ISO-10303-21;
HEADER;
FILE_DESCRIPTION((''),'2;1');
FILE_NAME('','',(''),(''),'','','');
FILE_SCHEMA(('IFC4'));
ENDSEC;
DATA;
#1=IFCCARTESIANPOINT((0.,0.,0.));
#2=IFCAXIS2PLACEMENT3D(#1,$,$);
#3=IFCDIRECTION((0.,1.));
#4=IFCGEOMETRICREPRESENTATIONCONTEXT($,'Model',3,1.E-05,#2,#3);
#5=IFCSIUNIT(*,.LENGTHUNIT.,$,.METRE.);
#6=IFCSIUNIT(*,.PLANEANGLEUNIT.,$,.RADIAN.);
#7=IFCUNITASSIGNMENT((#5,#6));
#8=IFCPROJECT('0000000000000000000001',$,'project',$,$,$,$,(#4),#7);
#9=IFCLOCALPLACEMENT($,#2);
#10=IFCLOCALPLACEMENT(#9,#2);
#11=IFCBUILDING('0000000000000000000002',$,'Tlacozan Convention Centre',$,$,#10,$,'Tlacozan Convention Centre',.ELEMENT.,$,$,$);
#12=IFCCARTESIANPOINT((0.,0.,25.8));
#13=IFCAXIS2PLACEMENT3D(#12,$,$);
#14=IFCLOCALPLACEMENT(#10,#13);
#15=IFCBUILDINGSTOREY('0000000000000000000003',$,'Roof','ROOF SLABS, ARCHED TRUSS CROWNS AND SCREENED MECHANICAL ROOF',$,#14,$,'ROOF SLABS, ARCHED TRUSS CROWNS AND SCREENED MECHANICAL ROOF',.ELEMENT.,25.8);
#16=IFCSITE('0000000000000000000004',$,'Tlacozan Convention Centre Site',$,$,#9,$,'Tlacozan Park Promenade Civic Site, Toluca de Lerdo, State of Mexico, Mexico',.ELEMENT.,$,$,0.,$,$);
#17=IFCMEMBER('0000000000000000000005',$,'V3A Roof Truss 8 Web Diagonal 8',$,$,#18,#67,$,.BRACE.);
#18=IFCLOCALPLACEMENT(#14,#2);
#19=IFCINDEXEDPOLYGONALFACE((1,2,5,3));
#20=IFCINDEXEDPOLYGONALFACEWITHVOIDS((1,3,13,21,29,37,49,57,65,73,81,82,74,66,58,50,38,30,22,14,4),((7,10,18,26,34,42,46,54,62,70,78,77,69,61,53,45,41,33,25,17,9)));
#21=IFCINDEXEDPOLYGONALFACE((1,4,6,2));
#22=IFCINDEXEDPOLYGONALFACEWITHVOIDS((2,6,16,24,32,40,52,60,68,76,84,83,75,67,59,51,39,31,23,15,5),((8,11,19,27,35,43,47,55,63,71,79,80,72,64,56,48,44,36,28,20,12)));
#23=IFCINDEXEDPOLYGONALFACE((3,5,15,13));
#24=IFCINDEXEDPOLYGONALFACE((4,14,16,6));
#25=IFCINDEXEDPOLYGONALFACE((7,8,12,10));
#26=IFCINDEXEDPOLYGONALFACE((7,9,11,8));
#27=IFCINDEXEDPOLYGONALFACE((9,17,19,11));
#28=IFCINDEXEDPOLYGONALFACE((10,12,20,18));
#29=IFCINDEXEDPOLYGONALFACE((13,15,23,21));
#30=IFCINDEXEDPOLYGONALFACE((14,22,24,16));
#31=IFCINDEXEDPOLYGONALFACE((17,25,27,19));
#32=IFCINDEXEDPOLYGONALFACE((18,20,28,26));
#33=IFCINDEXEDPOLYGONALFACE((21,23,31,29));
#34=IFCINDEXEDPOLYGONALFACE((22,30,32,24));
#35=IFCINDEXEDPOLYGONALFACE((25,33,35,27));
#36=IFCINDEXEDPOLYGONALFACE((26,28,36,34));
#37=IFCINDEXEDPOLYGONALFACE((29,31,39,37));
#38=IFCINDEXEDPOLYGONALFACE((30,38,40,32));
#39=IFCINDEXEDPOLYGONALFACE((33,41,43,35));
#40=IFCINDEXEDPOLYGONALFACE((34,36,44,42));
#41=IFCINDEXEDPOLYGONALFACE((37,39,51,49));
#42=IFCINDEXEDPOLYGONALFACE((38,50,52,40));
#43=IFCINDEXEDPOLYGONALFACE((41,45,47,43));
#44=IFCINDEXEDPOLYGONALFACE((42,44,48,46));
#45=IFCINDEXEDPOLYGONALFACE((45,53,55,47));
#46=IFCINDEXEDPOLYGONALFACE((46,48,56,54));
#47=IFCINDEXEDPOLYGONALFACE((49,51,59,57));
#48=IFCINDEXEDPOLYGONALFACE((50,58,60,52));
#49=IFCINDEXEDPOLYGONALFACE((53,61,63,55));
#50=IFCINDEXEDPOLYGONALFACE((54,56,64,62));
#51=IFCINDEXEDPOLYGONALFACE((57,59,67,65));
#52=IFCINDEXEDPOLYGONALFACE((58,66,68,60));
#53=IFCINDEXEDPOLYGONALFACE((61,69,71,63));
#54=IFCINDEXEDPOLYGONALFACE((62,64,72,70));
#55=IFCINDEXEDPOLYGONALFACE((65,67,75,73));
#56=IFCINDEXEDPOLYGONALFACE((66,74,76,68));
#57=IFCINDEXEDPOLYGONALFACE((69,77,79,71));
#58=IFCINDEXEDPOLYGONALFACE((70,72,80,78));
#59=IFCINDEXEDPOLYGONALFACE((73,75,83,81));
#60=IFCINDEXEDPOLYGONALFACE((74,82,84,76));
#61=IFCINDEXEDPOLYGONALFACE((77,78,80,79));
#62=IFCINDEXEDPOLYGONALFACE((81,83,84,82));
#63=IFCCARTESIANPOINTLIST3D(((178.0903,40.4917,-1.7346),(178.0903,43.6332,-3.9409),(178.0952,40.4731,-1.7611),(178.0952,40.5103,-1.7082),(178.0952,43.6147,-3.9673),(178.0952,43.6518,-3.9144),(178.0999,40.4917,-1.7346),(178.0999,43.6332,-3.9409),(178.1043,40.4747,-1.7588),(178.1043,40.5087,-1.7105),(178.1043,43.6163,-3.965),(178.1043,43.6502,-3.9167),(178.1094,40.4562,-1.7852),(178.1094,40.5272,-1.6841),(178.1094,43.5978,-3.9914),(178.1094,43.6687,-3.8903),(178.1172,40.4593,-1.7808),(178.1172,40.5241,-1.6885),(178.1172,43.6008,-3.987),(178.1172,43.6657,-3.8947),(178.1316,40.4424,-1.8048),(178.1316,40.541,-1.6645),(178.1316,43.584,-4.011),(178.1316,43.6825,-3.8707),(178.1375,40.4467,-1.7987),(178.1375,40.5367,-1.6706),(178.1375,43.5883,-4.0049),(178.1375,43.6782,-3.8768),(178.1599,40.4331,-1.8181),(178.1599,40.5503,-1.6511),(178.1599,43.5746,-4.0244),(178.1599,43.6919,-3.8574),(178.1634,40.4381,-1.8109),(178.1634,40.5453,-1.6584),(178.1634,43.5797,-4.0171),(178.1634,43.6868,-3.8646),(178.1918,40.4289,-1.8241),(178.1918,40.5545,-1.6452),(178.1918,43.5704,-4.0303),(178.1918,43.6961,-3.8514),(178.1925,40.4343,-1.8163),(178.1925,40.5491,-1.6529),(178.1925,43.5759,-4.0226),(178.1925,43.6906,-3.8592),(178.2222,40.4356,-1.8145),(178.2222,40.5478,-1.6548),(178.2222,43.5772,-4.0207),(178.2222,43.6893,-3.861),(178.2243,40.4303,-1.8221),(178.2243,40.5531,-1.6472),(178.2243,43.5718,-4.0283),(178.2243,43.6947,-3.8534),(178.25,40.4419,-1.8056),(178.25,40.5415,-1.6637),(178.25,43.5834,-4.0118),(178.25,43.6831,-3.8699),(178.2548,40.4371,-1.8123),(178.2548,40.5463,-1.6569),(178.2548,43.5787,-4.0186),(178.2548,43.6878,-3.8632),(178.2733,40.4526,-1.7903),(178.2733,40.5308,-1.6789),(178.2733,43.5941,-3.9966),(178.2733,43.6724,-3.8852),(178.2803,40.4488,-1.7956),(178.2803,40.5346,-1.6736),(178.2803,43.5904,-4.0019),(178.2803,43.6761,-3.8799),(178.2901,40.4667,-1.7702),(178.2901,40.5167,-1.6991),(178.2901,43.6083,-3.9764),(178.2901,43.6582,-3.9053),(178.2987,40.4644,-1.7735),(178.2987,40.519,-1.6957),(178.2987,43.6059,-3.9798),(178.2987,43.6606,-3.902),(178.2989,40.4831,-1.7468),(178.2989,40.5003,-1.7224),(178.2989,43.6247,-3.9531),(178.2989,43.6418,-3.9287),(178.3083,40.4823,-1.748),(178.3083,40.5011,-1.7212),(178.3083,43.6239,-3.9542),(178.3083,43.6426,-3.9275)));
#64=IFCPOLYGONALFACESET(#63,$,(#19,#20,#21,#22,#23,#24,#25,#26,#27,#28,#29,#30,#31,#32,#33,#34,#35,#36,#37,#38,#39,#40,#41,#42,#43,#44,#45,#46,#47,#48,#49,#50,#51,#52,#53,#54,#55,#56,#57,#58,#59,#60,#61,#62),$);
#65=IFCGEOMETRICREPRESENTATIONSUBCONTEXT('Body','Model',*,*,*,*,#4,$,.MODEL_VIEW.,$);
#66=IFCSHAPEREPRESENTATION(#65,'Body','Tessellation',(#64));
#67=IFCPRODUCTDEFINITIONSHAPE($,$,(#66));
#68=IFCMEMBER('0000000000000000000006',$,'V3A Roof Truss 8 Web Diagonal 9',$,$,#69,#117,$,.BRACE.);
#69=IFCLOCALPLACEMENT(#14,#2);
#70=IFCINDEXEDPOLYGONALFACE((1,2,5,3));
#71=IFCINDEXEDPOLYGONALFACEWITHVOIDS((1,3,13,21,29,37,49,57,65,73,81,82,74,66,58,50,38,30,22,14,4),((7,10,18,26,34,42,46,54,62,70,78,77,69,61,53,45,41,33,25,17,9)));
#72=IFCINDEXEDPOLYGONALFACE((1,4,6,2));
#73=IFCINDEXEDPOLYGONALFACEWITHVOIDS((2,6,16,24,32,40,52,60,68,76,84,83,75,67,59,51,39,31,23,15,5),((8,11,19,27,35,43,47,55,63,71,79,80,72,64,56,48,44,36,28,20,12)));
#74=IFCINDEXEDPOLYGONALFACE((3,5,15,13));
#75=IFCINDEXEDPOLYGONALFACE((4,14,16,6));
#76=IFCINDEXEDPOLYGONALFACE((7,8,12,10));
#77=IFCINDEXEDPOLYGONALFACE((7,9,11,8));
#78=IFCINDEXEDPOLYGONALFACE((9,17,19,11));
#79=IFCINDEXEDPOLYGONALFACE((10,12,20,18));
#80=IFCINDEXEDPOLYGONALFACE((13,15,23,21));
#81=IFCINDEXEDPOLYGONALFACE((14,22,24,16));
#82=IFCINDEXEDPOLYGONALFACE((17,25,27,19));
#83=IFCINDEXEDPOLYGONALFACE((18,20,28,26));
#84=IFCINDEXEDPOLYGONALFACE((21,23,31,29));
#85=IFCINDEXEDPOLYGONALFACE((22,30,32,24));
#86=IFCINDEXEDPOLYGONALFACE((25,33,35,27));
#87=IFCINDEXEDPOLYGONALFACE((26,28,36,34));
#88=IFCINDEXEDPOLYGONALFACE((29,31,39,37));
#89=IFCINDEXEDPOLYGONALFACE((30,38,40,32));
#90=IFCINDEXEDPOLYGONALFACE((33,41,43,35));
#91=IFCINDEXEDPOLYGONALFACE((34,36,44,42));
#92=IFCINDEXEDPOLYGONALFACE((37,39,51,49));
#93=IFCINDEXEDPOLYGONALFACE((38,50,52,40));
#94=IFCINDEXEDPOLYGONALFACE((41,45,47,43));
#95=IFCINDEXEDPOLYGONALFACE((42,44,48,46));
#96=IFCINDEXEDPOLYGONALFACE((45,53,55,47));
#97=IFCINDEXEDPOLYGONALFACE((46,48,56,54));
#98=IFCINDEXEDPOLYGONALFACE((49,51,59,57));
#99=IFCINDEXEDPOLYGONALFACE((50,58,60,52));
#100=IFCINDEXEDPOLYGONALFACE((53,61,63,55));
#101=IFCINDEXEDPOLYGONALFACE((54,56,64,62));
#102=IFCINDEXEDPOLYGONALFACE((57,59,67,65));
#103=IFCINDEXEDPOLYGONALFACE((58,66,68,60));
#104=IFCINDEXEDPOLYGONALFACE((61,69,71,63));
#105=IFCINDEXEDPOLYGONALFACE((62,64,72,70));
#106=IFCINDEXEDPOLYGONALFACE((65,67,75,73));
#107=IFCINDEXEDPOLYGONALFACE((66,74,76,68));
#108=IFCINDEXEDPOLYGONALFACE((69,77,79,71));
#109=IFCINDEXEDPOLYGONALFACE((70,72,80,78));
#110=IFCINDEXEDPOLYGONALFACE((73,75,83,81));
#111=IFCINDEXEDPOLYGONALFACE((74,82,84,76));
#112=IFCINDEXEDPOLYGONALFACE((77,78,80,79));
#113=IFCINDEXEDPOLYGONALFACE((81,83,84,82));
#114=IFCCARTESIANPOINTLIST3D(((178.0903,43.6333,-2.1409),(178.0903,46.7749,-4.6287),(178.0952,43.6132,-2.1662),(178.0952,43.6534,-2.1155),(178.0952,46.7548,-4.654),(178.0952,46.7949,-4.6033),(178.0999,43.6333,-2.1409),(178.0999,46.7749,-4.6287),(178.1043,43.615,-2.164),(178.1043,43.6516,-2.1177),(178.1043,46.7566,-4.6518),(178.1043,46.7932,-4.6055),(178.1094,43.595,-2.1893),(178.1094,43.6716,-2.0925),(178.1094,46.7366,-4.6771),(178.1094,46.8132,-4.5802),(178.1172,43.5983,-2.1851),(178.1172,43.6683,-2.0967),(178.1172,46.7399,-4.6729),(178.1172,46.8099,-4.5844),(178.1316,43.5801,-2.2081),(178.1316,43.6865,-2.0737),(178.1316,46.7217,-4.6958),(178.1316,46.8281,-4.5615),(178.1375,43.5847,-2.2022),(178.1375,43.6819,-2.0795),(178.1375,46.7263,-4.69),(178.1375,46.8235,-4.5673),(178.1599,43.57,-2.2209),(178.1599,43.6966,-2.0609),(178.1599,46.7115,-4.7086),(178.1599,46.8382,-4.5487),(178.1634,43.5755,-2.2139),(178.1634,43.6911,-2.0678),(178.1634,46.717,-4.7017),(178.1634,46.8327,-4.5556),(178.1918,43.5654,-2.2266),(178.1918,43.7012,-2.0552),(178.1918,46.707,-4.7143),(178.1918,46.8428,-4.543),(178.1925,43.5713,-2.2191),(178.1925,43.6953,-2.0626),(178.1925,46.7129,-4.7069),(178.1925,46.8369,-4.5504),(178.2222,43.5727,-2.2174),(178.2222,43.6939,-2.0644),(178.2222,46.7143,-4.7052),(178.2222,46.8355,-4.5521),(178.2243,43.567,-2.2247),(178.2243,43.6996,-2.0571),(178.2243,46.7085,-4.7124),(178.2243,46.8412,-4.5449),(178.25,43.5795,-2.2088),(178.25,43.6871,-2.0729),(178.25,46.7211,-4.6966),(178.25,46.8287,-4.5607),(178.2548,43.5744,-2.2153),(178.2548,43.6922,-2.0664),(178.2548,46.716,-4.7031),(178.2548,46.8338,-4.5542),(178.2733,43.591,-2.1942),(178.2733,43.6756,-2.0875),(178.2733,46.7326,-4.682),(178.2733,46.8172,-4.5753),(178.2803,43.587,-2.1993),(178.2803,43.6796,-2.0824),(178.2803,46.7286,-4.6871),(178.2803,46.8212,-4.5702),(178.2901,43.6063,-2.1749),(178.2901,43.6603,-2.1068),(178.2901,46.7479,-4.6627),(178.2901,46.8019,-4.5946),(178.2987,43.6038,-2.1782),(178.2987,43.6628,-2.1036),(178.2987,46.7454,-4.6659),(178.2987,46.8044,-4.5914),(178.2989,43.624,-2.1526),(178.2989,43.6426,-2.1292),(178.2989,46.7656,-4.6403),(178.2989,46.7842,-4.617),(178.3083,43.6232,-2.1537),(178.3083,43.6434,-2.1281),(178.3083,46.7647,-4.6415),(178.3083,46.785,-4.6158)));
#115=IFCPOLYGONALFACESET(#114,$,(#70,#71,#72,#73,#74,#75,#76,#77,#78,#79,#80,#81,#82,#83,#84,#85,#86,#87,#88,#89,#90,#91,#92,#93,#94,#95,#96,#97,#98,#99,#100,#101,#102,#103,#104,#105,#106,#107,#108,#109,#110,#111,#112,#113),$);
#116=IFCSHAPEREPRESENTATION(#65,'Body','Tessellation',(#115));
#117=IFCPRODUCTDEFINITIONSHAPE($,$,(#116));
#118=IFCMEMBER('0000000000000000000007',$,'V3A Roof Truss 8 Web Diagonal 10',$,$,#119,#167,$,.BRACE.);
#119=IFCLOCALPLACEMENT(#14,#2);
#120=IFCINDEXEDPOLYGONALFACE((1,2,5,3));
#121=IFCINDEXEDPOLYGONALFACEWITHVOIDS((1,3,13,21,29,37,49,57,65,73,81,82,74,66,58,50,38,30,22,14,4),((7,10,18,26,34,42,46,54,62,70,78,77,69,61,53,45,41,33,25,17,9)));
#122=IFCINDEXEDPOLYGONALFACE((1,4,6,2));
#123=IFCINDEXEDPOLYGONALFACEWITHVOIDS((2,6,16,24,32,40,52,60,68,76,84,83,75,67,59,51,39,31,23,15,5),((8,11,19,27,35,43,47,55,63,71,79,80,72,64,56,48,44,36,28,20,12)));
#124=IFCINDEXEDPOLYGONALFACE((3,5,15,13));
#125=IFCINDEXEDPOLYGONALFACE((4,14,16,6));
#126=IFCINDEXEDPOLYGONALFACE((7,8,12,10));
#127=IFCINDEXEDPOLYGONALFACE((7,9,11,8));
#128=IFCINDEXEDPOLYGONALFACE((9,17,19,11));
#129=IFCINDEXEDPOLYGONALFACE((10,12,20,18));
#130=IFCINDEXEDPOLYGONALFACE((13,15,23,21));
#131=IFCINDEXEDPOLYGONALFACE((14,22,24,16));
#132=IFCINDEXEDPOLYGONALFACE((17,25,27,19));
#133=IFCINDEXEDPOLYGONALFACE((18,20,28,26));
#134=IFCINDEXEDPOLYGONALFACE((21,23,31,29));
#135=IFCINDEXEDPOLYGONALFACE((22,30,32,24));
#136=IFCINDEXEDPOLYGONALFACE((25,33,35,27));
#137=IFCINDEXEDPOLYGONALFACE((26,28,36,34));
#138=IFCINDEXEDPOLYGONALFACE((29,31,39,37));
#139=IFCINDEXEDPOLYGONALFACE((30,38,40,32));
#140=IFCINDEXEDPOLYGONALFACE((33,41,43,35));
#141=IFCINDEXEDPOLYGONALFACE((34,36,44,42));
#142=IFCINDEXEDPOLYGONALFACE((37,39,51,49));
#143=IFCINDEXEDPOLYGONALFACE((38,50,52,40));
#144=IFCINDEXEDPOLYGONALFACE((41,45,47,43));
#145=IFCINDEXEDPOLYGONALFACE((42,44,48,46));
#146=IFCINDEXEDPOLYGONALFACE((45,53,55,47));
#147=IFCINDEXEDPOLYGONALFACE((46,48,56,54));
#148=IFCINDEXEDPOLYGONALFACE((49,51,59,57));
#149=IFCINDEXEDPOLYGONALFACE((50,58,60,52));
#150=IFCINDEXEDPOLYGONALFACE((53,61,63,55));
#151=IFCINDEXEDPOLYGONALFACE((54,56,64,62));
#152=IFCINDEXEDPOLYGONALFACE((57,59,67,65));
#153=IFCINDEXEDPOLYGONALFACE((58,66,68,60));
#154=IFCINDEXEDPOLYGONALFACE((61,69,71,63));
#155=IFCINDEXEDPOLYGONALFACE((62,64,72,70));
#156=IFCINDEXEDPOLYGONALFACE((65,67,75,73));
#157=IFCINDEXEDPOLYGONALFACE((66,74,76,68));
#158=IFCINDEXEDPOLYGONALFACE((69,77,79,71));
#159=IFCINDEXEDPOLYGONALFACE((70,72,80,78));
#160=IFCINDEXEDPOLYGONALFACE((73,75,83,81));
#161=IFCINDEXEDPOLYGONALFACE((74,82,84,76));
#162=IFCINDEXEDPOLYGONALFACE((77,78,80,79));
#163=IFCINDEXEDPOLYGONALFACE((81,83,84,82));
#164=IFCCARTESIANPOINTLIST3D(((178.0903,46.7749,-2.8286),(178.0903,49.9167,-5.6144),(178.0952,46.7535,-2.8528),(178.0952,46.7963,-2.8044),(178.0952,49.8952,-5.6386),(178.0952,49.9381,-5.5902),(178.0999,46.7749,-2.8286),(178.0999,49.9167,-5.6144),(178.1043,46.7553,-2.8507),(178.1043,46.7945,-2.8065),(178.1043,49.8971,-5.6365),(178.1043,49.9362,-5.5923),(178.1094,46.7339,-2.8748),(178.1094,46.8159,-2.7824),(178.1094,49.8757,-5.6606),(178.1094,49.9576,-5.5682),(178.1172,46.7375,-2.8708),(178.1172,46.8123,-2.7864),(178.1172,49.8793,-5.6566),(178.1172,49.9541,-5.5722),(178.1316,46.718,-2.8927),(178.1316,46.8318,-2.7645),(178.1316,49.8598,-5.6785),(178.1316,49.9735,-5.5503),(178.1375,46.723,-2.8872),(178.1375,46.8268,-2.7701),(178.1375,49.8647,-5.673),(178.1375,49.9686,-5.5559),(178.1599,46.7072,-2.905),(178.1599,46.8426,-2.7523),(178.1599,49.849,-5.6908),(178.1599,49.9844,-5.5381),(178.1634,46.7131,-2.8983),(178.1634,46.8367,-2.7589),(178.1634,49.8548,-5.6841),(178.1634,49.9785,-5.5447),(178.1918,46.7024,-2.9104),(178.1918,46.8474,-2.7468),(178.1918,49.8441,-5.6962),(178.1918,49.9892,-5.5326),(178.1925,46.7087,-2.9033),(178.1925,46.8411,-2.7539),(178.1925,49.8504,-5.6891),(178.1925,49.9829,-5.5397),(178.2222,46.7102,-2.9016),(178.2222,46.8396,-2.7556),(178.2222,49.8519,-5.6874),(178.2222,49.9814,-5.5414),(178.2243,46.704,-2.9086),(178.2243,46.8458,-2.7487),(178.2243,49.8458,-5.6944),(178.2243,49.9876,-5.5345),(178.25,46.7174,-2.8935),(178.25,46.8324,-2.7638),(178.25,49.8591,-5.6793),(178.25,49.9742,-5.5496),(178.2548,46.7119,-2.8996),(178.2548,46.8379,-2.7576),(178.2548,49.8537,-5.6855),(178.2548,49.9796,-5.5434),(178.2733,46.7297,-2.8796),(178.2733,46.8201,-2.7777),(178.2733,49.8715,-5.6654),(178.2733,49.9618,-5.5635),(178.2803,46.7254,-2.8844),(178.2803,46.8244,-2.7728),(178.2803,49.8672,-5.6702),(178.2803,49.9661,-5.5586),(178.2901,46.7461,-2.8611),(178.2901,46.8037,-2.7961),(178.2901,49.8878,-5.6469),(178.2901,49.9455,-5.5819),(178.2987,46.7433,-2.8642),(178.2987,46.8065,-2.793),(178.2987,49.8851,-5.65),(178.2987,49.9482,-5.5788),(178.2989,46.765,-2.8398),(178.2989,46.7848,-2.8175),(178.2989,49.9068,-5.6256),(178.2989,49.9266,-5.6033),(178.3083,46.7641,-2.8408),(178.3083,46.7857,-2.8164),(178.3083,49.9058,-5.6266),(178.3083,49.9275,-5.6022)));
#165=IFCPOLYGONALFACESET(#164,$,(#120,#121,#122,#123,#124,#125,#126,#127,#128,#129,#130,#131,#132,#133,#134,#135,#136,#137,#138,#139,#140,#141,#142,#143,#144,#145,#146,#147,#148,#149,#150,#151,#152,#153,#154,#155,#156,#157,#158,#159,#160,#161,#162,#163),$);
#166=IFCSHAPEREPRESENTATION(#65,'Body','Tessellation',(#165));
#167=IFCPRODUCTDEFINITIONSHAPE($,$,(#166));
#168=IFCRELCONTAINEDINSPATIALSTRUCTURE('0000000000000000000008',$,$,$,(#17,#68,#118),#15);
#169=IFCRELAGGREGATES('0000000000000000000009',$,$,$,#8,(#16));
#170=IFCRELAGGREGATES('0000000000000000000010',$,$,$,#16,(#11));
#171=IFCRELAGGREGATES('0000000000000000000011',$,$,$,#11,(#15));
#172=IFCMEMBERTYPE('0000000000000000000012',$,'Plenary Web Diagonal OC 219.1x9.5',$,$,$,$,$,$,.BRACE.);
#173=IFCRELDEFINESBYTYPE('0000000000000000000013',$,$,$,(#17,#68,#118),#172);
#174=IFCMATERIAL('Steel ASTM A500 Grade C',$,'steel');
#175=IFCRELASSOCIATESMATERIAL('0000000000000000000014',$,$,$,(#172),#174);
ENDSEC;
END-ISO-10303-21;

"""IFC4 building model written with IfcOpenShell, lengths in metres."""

from ifc_helpers import new_model, si_unit, direction, frame, origin, origin_2d, place, context, subcontext, project, spatial, hollow_circle, extrude, material, material_profile, profile_set, type_object, element, save


model = new_model("IFC4")

# Units and contexts
model_context = context("Model", 3, precision=1e-05, world=origin(), true_north=direction((0.0, 1.0)))
body_context = subcontext(model_context, "Body", "Model", "MODEL_VIEW")
ifc_project = project(units=[si_unit("LENGTHUNIT", "METRE"), si_unit("PLANEANGLEUNIT", "RADIAN")], contexts=[model_context])

# Site, building, storey
site_placement = place(None, origin())
site = spatial("IfcSite", under=ifc_project, at=site_placement, Name="Tlacozan Convention Centre Site", LongName="Tlacozan Park Promenade Civic Site, Toluca de Lerdo, State of Mexico, Mexico", CompositionType="ELEMENT", RefElevation=0.0)
building_placement = place(site_placement, origin())
building = spatial("IfcBuilding", under=site, at=building_placement, Name="Tlacozan Convention Centre", LongName="Tlacozan Convention Centre", CompositionType="ELEMENT")
storey_placement = place(building_placement, frame((0.0, 0.0, 25.8)))
storey = spatial("IfcBuildingStorey", under=building, at=storey_placement, Name="Roof", Description="ROOF SLABS, ARCHED TRUSS CROWNS AND SCREENED MECHANICAL ROOF", LongName="ROOF SLABS, ARCHED TRUSS CROWNS AND SCREENED MECHANICAL ROOF", CompositionType="ELEMENT", Elevation=25.8)

# Members
ifc_material_1 = material(Name="Steel ASTM A500 Grade C", Category="steel")
ifc_material_profile_1 = material_profile(ifc_material_1, hollow_circle(Radius=0.1096, WallThickness=0.0095, at=origin_2d()), Name="OC 219.1x9.5")
ifc_profile_set_1 = profile_set([ifc_material_profile_1], Name="Steel ASTM A500 Grade C")
member_type_1 = type_object("IfcMemberType", Name="Plenary Web Diagonal OC 219.1x9.5", PredefinedType="BRACE", material=ifc_profile_set_1)
member_1_placement = place(storey_placement, frame((178.2, 40.4917, -1.7346), z_axis=(0.0, 0.818353, -0.574717), x_axis=(-1.0, 0.0, 0.0)))
element("IfcMember", 1, at=member_1_placement, inside=storey, type_object=member_type_1, Name="V3A Roof Truss 8 Web Diagonal 8", PredefinedType="BRACE", context=body_context, shape_type="SweptSolid", body=[
    extrude(hollow_circle(Radius=0.1096, WallThickness=0.0095, at=origin_2d()), origin(), (0.0, 0.0, 1.0), 3.8389),
])
member_2_placement = place(storey_placement, frame((178.2, 43.6333, -2.1409), z_axis=(0.0, 0.783962, -0.620809), x_axis=(-1.0, 0.0, 0.0)))
element("IfcMember", 2, at=member_2_placement, inside=storey, type_object=member_type_1, Name="V3A Roof Truss 8 Web Diagonal 9", PredefinedType="BRACE", context=body_context, shape_type="SweptSolid", body=[
    extrude(hollow_circle(Radius=0.1096, WallThickness=0.0095, at=origin_2d()), origin(), (0.0, 0.0, 1.0), 4.0073),
])
member_3_placement = place(storey_placement, frame((178.2, 46.7749, -2.8286), z_axis=(0.0, 0.74822, -0.66345), x_axis=(-1.0, 0.0, 0.0)))
element("IfcMember", 3, at=member_3_placement, inside=storey, type_object=member_type_1, Name="V3A Roof Truss 8 Web Diagonal 10", PredefinedType="BRACE", context=body_context, shape_type="SweptSolid", body=[
    extrude(hollow_circle(Radius=0.1096, WallThickness=0.0095, at=origin_2d()), origin(), (0.0, 0.0, 1.0), 4.199),
])

save(model, "model.ifc")
